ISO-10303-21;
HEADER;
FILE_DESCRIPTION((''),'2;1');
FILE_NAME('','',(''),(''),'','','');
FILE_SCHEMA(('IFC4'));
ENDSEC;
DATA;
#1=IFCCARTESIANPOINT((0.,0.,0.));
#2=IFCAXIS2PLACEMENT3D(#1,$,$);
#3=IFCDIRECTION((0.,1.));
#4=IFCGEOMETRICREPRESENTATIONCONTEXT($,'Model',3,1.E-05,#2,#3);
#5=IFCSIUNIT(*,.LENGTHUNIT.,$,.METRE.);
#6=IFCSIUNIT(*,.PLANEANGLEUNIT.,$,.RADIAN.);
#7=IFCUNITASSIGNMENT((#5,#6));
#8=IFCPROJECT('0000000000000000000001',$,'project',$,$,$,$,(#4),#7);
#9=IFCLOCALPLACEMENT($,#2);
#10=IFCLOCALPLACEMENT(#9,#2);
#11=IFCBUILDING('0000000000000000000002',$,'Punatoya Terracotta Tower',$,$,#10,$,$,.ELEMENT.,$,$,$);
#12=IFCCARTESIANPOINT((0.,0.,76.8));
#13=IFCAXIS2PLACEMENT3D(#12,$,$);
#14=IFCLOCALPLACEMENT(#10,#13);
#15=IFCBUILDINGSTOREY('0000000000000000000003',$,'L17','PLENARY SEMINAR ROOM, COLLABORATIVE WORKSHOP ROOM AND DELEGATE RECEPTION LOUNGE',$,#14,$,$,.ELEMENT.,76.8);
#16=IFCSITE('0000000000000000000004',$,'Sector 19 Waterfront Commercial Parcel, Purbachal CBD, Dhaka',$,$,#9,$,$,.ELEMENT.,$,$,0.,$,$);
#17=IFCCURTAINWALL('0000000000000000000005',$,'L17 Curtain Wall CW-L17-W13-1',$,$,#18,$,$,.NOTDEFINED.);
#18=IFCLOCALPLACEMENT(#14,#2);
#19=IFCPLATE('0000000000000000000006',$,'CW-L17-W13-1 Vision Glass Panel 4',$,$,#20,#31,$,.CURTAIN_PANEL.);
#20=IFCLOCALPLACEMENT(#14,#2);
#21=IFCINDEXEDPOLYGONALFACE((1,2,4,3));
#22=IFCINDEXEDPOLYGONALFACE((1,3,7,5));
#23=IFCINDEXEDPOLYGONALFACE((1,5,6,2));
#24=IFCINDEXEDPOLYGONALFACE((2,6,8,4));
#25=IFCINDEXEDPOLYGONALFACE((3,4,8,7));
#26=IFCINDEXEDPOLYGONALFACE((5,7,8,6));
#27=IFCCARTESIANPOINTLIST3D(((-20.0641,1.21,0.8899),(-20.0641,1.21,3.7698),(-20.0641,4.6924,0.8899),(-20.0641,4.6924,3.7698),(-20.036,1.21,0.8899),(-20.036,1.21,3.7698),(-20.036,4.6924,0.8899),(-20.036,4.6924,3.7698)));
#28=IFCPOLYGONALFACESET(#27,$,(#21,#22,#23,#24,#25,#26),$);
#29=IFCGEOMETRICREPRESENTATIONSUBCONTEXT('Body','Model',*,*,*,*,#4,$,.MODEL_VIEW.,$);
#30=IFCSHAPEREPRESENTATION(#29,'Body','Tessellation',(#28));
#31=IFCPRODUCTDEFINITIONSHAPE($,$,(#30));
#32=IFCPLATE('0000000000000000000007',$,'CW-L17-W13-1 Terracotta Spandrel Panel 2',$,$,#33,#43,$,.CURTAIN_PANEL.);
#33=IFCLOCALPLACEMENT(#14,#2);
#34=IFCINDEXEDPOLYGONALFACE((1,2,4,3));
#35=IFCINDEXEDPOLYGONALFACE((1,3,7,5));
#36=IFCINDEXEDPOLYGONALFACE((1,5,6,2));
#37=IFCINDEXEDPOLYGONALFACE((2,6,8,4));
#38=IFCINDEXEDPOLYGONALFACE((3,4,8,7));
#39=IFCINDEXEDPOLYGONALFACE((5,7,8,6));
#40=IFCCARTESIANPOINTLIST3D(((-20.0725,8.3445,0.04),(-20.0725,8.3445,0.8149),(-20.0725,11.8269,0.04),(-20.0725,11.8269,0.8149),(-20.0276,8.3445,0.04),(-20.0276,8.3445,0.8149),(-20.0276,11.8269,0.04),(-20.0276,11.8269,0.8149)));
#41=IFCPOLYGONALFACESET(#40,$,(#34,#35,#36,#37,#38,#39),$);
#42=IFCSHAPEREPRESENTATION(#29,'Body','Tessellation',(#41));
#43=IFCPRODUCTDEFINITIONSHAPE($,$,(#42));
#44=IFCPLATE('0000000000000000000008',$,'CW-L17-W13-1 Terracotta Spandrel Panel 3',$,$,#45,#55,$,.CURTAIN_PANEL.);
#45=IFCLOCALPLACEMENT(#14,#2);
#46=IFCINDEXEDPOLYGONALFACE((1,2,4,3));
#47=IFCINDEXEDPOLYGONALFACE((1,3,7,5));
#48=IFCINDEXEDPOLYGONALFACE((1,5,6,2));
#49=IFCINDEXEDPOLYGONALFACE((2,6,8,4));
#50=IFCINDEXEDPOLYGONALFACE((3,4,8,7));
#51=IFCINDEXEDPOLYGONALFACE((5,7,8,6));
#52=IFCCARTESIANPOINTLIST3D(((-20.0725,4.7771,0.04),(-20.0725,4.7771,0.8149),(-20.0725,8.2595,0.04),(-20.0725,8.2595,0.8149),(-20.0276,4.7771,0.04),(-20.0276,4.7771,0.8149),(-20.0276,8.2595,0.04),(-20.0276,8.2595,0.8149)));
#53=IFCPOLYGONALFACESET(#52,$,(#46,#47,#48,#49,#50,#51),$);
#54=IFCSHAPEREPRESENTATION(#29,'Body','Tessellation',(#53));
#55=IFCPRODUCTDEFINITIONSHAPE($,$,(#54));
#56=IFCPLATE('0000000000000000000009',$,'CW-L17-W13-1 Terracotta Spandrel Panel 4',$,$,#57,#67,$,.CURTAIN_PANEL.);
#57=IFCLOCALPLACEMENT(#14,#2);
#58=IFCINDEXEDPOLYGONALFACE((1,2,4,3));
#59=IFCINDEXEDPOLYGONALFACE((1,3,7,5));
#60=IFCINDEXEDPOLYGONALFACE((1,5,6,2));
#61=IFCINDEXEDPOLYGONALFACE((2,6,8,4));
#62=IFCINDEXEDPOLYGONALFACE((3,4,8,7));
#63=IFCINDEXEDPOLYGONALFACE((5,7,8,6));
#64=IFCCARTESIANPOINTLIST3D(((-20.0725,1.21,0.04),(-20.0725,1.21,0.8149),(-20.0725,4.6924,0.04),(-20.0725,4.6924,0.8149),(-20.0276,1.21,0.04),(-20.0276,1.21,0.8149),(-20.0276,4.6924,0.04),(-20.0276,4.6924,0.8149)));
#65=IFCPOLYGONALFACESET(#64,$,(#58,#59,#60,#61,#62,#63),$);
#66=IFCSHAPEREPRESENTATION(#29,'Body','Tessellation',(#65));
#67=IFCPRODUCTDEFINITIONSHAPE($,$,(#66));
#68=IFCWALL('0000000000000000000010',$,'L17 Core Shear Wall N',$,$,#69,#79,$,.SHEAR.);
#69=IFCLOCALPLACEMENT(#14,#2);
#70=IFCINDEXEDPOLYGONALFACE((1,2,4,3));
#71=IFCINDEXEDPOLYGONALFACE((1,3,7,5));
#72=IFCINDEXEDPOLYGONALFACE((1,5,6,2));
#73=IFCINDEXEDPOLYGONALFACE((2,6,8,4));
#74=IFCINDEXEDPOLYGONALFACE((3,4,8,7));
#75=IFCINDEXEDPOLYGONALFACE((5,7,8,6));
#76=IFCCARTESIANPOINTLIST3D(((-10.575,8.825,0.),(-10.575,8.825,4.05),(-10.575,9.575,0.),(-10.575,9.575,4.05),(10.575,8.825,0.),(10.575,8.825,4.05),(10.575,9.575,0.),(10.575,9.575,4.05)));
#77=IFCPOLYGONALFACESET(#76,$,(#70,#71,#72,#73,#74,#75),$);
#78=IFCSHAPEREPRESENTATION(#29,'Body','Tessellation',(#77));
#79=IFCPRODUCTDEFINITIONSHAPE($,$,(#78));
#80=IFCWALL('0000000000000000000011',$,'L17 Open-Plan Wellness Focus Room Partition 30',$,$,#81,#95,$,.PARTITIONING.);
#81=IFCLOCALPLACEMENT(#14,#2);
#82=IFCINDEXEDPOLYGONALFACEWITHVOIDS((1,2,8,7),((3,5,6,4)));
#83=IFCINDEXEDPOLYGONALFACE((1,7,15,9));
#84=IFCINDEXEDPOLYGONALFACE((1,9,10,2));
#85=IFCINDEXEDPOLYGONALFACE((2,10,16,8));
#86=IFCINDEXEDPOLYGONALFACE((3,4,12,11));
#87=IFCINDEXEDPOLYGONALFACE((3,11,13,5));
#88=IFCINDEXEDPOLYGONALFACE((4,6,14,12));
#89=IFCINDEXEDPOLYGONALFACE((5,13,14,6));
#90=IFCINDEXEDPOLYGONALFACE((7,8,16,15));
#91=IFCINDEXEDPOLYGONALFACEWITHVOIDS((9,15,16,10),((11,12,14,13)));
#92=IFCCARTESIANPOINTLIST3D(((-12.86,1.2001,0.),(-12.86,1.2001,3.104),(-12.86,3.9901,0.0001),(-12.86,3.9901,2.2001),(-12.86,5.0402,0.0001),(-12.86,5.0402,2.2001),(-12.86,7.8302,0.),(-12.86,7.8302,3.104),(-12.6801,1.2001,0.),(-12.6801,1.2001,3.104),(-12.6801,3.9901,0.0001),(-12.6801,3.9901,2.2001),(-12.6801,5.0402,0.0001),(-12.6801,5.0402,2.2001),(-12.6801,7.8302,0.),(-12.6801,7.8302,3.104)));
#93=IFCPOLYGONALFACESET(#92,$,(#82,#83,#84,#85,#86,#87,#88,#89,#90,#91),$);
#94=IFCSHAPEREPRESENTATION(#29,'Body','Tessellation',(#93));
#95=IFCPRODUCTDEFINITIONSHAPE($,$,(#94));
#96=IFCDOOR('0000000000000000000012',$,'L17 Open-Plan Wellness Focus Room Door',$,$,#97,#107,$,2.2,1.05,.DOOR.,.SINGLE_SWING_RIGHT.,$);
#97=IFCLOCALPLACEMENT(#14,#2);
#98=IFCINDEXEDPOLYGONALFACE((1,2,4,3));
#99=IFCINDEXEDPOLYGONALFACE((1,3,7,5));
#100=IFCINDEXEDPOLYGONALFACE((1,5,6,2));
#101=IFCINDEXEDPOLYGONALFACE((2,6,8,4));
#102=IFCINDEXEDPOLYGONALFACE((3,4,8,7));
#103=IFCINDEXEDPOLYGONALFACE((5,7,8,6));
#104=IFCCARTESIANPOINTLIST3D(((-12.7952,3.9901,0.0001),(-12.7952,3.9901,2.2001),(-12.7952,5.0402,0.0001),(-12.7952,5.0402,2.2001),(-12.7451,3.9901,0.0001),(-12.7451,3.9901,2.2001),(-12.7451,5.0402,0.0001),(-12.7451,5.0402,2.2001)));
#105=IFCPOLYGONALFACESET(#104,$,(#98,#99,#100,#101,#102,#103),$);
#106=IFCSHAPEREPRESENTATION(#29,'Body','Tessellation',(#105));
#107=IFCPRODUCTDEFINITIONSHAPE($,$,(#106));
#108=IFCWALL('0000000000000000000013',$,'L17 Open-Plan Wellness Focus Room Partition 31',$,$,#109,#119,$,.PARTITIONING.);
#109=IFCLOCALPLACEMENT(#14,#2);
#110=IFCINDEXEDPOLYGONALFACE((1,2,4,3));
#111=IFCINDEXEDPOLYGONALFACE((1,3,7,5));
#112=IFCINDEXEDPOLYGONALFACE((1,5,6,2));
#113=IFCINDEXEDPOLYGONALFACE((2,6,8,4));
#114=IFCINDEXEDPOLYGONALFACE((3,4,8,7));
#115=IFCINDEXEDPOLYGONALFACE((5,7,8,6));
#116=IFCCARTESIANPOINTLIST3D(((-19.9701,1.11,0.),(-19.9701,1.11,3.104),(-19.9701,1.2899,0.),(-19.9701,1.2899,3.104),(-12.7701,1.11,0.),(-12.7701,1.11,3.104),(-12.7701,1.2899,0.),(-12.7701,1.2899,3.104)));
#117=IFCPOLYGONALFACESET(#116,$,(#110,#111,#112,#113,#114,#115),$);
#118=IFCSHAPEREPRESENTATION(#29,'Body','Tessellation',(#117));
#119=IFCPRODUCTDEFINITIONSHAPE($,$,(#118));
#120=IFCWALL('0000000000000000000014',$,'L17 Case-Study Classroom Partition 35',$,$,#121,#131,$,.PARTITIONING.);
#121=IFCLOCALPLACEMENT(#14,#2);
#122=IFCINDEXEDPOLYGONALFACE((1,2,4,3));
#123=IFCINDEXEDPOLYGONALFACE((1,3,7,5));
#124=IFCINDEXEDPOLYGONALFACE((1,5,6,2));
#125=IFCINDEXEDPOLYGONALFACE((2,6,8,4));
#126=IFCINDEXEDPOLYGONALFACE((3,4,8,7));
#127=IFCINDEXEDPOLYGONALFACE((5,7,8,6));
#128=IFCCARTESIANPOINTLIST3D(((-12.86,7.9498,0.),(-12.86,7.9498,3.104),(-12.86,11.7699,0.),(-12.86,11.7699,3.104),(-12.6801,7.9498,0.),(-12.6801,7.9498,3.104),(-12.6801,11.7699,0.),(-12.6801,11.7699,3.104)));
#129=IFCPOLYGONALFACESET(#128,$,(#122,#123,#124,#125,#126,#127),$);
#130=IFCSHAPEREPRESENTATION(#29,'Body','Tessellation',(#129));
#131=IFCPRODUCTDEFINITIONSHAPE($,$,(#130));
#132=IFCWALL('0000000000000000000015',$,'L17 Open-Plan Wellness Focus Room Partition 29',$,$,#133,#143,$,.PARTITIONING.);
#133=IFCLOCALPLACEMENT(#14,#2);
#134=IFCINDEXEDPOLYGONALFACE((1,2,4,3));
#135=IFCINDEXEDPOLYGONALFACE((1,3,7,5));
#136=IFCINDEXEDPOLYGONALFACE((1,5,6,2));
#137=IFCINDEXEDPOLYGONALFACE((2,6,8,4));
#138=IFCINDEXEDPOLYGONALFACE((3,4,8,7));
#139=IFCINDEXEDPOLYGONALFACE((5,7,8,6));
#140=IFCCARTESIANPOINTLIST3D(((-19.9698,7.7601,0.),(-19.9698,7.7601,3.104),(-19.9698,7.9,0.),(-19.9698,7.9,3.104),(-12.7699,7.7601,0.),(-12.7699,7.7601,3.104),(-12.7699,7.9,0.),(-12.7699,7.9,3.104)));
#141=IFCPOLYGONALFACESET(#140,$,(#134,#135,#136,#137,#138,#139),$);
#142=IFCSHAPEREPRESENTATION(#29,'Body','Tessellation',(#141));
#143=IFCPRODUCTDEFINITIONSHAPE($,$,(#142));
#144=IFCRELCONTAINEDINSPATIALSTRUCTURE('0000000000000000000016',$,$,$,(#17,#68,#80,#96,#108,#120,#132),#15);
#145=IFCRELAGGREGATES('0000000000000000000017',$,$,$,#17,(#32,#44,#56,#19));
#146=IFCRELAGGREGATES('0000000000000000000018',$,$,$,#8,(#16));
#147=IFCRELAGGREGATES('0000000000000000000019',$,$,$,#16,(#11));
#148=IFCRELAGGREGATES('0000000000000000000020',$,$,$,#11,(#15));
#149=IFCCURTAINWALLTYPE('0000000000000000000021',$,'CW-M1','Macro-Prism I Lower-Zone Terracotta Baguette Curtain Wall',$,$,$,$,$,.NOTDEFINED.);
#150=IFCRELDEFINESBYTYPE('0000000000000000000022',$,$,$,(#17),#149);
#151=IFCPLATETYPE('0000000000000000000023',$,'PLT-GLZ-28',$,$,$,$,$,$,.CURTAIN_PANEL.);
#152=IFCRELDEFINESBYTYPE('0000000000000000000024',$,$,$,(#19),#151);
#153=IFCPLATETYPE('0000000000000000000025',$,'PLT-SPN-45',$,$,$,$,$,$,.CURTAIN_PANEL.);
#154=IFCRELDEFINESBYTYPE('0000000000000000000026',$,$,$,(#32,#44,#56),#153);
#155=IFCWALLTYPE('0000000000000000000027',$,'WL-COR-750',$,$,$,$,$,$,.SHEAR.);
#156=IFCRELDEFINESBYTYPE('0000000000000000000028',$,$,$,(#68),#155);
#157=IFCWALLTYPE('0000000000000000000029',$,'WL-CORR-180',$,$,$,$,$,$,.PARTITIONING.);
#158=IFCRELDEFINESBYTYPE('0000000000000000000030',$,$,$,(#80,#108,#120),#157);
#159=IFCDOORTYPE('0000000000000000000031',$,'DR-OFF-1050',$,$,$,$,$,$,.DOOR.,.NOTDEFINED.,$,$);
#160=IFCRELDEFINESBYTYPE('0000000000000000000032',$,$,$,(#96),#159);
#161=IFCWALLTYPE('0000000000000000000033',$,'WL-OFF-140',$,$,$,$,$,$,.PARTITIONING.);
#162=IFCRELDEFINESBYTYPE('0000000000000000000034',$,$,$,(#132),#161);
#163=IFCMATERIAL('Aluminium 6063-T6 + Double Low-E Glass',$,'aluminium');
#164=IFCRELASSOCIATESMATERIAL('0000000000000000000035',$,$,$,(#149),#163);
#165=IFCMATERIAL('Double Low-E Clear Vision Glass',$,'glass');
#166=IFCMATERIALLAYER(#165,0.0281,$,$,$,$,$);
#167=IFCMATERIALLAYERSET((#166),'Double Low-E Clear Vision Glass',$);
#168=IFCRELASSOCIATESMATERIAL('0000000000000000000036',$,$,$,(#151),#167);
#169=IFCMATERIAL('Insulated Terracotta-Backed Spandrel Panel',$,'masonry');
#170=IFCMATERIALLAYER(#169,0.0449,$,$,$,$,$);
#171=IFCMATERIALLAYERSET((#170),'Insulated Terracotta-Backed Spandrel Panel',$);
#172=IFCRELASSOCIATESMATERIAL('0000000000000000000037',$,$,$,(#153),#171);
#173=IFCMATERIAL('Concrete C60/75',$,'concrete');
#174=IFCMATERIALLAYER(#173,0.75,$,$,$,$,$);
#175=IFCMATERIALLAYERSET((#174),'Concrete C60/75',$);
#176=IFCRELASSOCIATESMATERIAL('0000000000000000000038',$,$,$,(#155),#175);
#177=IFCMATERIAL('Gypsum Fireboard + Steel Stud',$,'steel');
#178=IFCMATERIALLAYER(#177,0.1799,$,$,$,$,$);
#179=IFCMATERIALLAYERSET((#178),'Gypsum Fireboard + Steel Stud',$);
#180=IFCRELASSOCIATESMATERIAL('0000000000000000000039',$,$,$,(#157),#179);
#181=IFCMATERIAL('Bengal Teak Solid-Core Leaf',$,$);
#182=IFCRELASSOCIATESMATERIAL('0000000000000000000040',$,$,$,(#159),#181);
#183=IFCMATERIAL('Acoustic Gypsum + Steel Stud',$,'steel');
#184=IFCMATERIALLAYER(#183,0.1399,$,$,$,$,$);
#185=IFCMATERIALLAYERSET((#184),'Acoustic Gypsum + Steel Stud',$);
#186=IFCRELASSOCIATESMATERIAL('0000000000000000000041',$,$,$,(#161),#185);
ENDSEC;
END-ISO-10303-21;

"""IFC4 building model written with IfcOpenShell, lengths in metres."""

from ifc_helpers import new_model, si_unit, direction, frame, frame_2d, origin, origin_2d, place, context, subcontext, project, spatial, rectangle, extrude, material, layer, layer_set, type_object, element, fill, aggregate, save


model = new_model("IFC4")

# Units and contexts
model_context = context("Model", 3, precision=1e-05, world=origin(), true_north=direction((0.0, 1.0)))
body_context = subcontext(model_context, "Body", "Model", "MODEL_VIEW")
ifc_project = project(units=[si_unit("LENGTHUNIT", "METRE"), si_unit("PLANEANGLEUNIT", "RADIAN")], contexts=[model_context])

# Site, building, storey
site_placement = place(None, origin())
site = spatial("IfcSite", under=ifc_project, at=site_placement, Name="Sector 19 Waterfront Commercial Parcel, Purbachal CBD, Dhaka", CompositionType="ELEMENT", RefElevation=0.0)
building_placement = place(site_placement, origin())
building = spatial("IfcBuilding", under=site, at=building_placement, Name="Punatoya Terracotta Tower", CompositionType="ELEMENT")
storey_placement = place(building_placement, frame((0.0, 0.0, 76.8)))
storey = spatial("IfcBuildingStorey", under=building, at=storey_placement, Name="L17", Description="PLENARY SEMINAR ROOM, COLLABORATIVE WORKSHOP ROOM AND DELEGATE RECEPTION LOUNGE", CompositionType="ELEMENT", Elevation=76.8)

# Curtain wall, plates
ifc_material_1 = material(Name="Aluminium 6063-T6 + Double Low-E Glass", Category="aluminium")
curtain_wall_type = type_object("IfcCurtainWallType", Name="CW-M1", Description="Macro-Prism I Lower-Zone Terracotta Baguette Curtain Wall", PredefinedType="NOTDEFINED", material=ifc_material_1)
curtain_wall_placement = place(storey_placement, origin())
curtain_wall = element("IfcCurtainWall", 1, at=curtain_wall_placement, inside=storey, type_object=curtain_wall_type, Name="L17 Curtain Wall CW-L17-W13-1", PredefinedType="NOTDEFINED")
ifc_material_2 = material(Name="Double Low-E Clear Vision Glass", Category="glass")
ifc_layer_1 = layer(ifc_material_2, 0.0281)
ifc_layer_set_1 = layer_set([ifc_layer_1], Name="Double Low-E Clear Vision Glass")
plate_type_1 = type_object("IfcPlateType", Name="PLT-GLZ-28", PredefinedType="CURTAIN_PANEL", material=ifc_layer_set_1)
plate_1_placement = place(storey_placement, frame((-20.05, 2.9512, 0.8899), z_axis=(0.0, 0.0, 1.0), x_axis=(0.0, -1.0, 0.0)))
plate_1 = element("IfcPlate", 2, at=plate_1_placement, type_object=plate_type_1, Name="CW-L17-W13-1 Vision Glass Panel 4", PredefinedType="CURTAIN_PANEL", context=body_context, shape_type="SweptSolid", body=[
    extrude(rectangle(XDim=3.4824, YDim=0.0281, at=origin_2d()), origin(), (0.0, 0.0, 1.0), 2.8799),
])
ifc_material_3 = material(Name="Insulated Terracotta-Backed Spandrel Panel", Category="masonry")
ifc_layer_2 = layer(ifc_material_3, 0.0449)
ifc_layer_set_2 = layer_set([ifc_layer_2], Name="Insulated Terracotta-Backed Spandrel Panel")
plate_type_2 = type_object("IfcPlateType", Name="PLT-SPN-45", PredefinedType="CURTAIN_PANEL", material=ifc_layer_set_2)
plate_2_placement = place(storey_placement, frame((-20.05, 10.0857, 0.04), z_axis=(0.0, 0.0, 1.0), x_axis=(0.0, -1.0, 0.0)))
plate_2 = element("IfcPlate", 3, at=plate_2_placement, type_object=plate_type_2, Name="CW-L17-W13-1 Terracotta Spandrel Panel 2", PredefinedType="CURTAIN_PANEL", context=body_context, shape_type="SweptSolid", body=[
    extrude(rectangle(XDim=3.4824, YDim=0.0449, at=origin_2d()), origin(), (0.0, 0.0, 1.0), 0.7749),
])
plate_3_placement = place(storey_placement, frame((-20.05, 6.5183, 0.04), z_axis=(0.0, 0.0, 1.0), x_axis=(0.0, -1.0, 0.0)))
plate_3 = element("IfcPlate", 4, at=plate_3_placement, type_object=plate_type_2, Name="CW-L17-W13-1 Terracotta Spandrel Panel 3", PredefinedType="CURTAIN_PANEL", context=body_context, shape_type="SweptSolid", body=[
    extrude(rectangle(XDim=3.4824, YDim=0.0449, at=origin_2d()), origin(), (0.0, 0.0, 1.0), 0.7749),
])
plate_4_placement = place(storey_placement, frame((-20.05, 2.9512, 0.04), z_axis=(0.0, 0.0, 1.0), x_axis=(0.0, -1.0, 0.0)))
plate_4 = element("IfcPlate", 5, at=plate_4_placement, type_object=plate_type_2, Name="CW-L17-W13-1 Terracotta Spandrel Panel 4", PredefinedType="CURTAIN_PANEL", context=body_context, shape_type="SweptSolid", body=[
    extrude(rectangle(XDim=3.4824, YDim=0.0449, at=origin_2d()), origin(), (0.0, 0.0, 1.0), 0.7749),
])
aggregate(curtain_wall, [plate_2, plate_3, plate_4, plate_1])

# Wall
ifc_material_4 = material(Name="Concrete C60/75", Category="concrete")
ifc_layer_3 = layer(ifc_material_4, 0.75)
ifc_layer_set_3 = layer_set([ifc_layer_3], Name="Concrete C60/75")
wall_type_1 = type_object("IfcWallType", Name="WL-COR-750", PredefinedType="SHEAR", material=ifc_layer_set_3)
wall_1_placement = place(storey_placement, frame((-10.575, 9.2, 0.0), z_axis=(0.0, 0.0, 1.0), x_axis=(1.0, 0.0, 0.0)))
element("IfcWall", 6, at=wall_1_placement, inside=storey, type_object=wall_type_1, Name="L17 Core Shear Wall N", PredefinedType="SHEAR", context=body_context, shape_type="SweptSolid", body=[
    extrude(rectangle(XDim=21.1499, YDim=0.75, at=frame_2d((10.575, 0.0))), origin(), (0.0, 0.0, 1.0), 4.05),
])

# Wall, opening, door
ifc_material_5 = material(Name="Gypsum Fireboard + Steel Stud", Category="steel")
ifc_layer_4 = layer(ifc_material_5, 0.1799)
ifc_layer_set_4 = layer_set([ifc_layer_4], Name="Gypsum Fireboard + Steel Stud")
wall_type_2 = type_object("IfcWallType", Name="WL-CORR-180", PredefinedType="PARTITIONING", material=ifc_layer_set_4)
wall_2_placement = place(storey_placement, frame((-12.77, 7.8301, 0.0), z_axis=(0.0, 0.0, 1.0), x_axis=(0.0, -1.0, 0.0)))
wall_2 = element("IfcWall", 7, at=wall_2_placement, inside=storey, type_object=wall_type_2, Name="L17 Open-Plan Wellness Focus Room Partition 30", PredefinedType="PARTITIONING", context=body_context, shape_type="SweptSolid", body=[
    extrude(rectangle(XDim=6.6301, YDim=0.1799, at=frame_2d((3.3149, 0.0))), origin(), (0.0, 0.0, 1.0), 3.104),
])
opening_placement = place(wall_2_placement, frame((2.79, 0.0, 0.0)))
opening = element("IfcOpeningElement", 8, at=opening_placement, cuts=wall_2, PredefinedType="OPENING", context=body_context, shape_type="SweptSolid", body=[
    extrude(rectangle(XDim=1.05, YDim=2.2, at=frame_2d((0.5249, 1.1001))), frame((0.0, 0.0999, 0.0), z_axis=(0.0, -1.0, 0.0), x_axis=(1.0, 0.0, 0.0)), (0.0, 0.0, 1.0), 0.2),
])
ifc_material_6 = material(Name="Bengal Teak Solid-Core Leaf")
door_type = type_object("IfcDoorType", Name="DR-OFF-1050", OperationType="NOTDEFINED", PredefinedType="DOOR", material=ifc_material_6)
door_placement = place(opening_placement, origin())
door = element("IfcDoor", 9, at=door_placement, inside=storey, type_object=door_type, Name="L17 Open-Plan Wellness Focus Room Door", OperationType="SINGLE_SWING_RIGHT", OverallHeight=2.2, OverallWidth=1.05, PredefinedType="DOOR", context=body_context, shape_type="SweptSolid", body=[
    extrude(rectangle(XDim=1.05, YDim=2.2, at=frame_2d((0.5249, 1.1001))), frame((0.0, 0.0249, 0.0), z_axis=(0.0, -1.0, 0.0), x_axis=(1.0, 0.0, 0.0)), (0.0, 0.0, 1.0), 0.05),
])
fill(opening, door)

# Walls
wall_3_placement = place(storey_placement, frame((-12.77, 1.2, 0.0), z_axis=(0.0, 0.0, 1.0), x_axis=(-1.0, 0.0, 0.0)))
element("IfcWall", 10, at=wall_3_placement, inside=storey, type_object=wall_type_2, Name="L17 Open-Plan Wellness Focus Room Partition 31", PredefinedType="PARTITIONING", context=body_context, shape_type="SweptSolid", body=[
    extrude(rectangle(XDim=7.2, YDim=0.1799, at=frame_2d((3.6001, 0.0))), origin(), (0.0, 0.0, 1.0), 3.104),
])
wall_4_placement = place(storey_placement, frame((-12.77, 11.77, 0.0), z_axis=(0.0, 0.0, 1.0), x_axis=(0.0, -1.0, 0.0)))
element("IfcWall", 11, at=wall_4_placement, inside=storey, type_object=wall_type_2, Name="L17 Case-Study Classroom Partition 35", PredefinedType="PARTITIONING", context=body_context, shape_type="SweptSolid", body=[
    extrude(rectangle(XDim=3.8201, YDim=0.1799, at=frame_2d((1.9102, 0.0))), origin(), (0.0, 0.0, 1.0), 3.104),
])
ifc_material_7 = material(Name="Acoustic Gypsum + Steel Stud", Category="steel")
ifc_layer_5 = layer(ifc_material_7, 0.1399)
ifc_layer_set_5 = layer_set([ifc_layer_5], Name="Acoustic Gypsum + Steel Stud")
wall_type_3 = type_object("IfcWallType", Name="WL-OFF-140", PredefinedType="PARTITIONING", material=ifc_layer_set_5)
wall_5_placement = place(storey_placement, frame((-19.97, 7.8301, 0.0), z_axis=(0.0, 0.0, 1.0), x_axis=(1.0, 0.0, 0.0)))
element("IfcWall", 12, at=wall_5_placement, inside=storey, type_object=wall_type_3, Name="L17 Open-Plan Wellness Focus Room Partition 29", PredefinedType="PARTITIONING", context=body_context, shape_type="SweptSolid", body=[
    extrude(rectangle(XDim=7.2, YDim=0.1399, at=frame_2d((3.6001, 0.0))), origin(), (0.0, 0.0, 1.0), 3.104),
])

save(model, "model.ifc")
